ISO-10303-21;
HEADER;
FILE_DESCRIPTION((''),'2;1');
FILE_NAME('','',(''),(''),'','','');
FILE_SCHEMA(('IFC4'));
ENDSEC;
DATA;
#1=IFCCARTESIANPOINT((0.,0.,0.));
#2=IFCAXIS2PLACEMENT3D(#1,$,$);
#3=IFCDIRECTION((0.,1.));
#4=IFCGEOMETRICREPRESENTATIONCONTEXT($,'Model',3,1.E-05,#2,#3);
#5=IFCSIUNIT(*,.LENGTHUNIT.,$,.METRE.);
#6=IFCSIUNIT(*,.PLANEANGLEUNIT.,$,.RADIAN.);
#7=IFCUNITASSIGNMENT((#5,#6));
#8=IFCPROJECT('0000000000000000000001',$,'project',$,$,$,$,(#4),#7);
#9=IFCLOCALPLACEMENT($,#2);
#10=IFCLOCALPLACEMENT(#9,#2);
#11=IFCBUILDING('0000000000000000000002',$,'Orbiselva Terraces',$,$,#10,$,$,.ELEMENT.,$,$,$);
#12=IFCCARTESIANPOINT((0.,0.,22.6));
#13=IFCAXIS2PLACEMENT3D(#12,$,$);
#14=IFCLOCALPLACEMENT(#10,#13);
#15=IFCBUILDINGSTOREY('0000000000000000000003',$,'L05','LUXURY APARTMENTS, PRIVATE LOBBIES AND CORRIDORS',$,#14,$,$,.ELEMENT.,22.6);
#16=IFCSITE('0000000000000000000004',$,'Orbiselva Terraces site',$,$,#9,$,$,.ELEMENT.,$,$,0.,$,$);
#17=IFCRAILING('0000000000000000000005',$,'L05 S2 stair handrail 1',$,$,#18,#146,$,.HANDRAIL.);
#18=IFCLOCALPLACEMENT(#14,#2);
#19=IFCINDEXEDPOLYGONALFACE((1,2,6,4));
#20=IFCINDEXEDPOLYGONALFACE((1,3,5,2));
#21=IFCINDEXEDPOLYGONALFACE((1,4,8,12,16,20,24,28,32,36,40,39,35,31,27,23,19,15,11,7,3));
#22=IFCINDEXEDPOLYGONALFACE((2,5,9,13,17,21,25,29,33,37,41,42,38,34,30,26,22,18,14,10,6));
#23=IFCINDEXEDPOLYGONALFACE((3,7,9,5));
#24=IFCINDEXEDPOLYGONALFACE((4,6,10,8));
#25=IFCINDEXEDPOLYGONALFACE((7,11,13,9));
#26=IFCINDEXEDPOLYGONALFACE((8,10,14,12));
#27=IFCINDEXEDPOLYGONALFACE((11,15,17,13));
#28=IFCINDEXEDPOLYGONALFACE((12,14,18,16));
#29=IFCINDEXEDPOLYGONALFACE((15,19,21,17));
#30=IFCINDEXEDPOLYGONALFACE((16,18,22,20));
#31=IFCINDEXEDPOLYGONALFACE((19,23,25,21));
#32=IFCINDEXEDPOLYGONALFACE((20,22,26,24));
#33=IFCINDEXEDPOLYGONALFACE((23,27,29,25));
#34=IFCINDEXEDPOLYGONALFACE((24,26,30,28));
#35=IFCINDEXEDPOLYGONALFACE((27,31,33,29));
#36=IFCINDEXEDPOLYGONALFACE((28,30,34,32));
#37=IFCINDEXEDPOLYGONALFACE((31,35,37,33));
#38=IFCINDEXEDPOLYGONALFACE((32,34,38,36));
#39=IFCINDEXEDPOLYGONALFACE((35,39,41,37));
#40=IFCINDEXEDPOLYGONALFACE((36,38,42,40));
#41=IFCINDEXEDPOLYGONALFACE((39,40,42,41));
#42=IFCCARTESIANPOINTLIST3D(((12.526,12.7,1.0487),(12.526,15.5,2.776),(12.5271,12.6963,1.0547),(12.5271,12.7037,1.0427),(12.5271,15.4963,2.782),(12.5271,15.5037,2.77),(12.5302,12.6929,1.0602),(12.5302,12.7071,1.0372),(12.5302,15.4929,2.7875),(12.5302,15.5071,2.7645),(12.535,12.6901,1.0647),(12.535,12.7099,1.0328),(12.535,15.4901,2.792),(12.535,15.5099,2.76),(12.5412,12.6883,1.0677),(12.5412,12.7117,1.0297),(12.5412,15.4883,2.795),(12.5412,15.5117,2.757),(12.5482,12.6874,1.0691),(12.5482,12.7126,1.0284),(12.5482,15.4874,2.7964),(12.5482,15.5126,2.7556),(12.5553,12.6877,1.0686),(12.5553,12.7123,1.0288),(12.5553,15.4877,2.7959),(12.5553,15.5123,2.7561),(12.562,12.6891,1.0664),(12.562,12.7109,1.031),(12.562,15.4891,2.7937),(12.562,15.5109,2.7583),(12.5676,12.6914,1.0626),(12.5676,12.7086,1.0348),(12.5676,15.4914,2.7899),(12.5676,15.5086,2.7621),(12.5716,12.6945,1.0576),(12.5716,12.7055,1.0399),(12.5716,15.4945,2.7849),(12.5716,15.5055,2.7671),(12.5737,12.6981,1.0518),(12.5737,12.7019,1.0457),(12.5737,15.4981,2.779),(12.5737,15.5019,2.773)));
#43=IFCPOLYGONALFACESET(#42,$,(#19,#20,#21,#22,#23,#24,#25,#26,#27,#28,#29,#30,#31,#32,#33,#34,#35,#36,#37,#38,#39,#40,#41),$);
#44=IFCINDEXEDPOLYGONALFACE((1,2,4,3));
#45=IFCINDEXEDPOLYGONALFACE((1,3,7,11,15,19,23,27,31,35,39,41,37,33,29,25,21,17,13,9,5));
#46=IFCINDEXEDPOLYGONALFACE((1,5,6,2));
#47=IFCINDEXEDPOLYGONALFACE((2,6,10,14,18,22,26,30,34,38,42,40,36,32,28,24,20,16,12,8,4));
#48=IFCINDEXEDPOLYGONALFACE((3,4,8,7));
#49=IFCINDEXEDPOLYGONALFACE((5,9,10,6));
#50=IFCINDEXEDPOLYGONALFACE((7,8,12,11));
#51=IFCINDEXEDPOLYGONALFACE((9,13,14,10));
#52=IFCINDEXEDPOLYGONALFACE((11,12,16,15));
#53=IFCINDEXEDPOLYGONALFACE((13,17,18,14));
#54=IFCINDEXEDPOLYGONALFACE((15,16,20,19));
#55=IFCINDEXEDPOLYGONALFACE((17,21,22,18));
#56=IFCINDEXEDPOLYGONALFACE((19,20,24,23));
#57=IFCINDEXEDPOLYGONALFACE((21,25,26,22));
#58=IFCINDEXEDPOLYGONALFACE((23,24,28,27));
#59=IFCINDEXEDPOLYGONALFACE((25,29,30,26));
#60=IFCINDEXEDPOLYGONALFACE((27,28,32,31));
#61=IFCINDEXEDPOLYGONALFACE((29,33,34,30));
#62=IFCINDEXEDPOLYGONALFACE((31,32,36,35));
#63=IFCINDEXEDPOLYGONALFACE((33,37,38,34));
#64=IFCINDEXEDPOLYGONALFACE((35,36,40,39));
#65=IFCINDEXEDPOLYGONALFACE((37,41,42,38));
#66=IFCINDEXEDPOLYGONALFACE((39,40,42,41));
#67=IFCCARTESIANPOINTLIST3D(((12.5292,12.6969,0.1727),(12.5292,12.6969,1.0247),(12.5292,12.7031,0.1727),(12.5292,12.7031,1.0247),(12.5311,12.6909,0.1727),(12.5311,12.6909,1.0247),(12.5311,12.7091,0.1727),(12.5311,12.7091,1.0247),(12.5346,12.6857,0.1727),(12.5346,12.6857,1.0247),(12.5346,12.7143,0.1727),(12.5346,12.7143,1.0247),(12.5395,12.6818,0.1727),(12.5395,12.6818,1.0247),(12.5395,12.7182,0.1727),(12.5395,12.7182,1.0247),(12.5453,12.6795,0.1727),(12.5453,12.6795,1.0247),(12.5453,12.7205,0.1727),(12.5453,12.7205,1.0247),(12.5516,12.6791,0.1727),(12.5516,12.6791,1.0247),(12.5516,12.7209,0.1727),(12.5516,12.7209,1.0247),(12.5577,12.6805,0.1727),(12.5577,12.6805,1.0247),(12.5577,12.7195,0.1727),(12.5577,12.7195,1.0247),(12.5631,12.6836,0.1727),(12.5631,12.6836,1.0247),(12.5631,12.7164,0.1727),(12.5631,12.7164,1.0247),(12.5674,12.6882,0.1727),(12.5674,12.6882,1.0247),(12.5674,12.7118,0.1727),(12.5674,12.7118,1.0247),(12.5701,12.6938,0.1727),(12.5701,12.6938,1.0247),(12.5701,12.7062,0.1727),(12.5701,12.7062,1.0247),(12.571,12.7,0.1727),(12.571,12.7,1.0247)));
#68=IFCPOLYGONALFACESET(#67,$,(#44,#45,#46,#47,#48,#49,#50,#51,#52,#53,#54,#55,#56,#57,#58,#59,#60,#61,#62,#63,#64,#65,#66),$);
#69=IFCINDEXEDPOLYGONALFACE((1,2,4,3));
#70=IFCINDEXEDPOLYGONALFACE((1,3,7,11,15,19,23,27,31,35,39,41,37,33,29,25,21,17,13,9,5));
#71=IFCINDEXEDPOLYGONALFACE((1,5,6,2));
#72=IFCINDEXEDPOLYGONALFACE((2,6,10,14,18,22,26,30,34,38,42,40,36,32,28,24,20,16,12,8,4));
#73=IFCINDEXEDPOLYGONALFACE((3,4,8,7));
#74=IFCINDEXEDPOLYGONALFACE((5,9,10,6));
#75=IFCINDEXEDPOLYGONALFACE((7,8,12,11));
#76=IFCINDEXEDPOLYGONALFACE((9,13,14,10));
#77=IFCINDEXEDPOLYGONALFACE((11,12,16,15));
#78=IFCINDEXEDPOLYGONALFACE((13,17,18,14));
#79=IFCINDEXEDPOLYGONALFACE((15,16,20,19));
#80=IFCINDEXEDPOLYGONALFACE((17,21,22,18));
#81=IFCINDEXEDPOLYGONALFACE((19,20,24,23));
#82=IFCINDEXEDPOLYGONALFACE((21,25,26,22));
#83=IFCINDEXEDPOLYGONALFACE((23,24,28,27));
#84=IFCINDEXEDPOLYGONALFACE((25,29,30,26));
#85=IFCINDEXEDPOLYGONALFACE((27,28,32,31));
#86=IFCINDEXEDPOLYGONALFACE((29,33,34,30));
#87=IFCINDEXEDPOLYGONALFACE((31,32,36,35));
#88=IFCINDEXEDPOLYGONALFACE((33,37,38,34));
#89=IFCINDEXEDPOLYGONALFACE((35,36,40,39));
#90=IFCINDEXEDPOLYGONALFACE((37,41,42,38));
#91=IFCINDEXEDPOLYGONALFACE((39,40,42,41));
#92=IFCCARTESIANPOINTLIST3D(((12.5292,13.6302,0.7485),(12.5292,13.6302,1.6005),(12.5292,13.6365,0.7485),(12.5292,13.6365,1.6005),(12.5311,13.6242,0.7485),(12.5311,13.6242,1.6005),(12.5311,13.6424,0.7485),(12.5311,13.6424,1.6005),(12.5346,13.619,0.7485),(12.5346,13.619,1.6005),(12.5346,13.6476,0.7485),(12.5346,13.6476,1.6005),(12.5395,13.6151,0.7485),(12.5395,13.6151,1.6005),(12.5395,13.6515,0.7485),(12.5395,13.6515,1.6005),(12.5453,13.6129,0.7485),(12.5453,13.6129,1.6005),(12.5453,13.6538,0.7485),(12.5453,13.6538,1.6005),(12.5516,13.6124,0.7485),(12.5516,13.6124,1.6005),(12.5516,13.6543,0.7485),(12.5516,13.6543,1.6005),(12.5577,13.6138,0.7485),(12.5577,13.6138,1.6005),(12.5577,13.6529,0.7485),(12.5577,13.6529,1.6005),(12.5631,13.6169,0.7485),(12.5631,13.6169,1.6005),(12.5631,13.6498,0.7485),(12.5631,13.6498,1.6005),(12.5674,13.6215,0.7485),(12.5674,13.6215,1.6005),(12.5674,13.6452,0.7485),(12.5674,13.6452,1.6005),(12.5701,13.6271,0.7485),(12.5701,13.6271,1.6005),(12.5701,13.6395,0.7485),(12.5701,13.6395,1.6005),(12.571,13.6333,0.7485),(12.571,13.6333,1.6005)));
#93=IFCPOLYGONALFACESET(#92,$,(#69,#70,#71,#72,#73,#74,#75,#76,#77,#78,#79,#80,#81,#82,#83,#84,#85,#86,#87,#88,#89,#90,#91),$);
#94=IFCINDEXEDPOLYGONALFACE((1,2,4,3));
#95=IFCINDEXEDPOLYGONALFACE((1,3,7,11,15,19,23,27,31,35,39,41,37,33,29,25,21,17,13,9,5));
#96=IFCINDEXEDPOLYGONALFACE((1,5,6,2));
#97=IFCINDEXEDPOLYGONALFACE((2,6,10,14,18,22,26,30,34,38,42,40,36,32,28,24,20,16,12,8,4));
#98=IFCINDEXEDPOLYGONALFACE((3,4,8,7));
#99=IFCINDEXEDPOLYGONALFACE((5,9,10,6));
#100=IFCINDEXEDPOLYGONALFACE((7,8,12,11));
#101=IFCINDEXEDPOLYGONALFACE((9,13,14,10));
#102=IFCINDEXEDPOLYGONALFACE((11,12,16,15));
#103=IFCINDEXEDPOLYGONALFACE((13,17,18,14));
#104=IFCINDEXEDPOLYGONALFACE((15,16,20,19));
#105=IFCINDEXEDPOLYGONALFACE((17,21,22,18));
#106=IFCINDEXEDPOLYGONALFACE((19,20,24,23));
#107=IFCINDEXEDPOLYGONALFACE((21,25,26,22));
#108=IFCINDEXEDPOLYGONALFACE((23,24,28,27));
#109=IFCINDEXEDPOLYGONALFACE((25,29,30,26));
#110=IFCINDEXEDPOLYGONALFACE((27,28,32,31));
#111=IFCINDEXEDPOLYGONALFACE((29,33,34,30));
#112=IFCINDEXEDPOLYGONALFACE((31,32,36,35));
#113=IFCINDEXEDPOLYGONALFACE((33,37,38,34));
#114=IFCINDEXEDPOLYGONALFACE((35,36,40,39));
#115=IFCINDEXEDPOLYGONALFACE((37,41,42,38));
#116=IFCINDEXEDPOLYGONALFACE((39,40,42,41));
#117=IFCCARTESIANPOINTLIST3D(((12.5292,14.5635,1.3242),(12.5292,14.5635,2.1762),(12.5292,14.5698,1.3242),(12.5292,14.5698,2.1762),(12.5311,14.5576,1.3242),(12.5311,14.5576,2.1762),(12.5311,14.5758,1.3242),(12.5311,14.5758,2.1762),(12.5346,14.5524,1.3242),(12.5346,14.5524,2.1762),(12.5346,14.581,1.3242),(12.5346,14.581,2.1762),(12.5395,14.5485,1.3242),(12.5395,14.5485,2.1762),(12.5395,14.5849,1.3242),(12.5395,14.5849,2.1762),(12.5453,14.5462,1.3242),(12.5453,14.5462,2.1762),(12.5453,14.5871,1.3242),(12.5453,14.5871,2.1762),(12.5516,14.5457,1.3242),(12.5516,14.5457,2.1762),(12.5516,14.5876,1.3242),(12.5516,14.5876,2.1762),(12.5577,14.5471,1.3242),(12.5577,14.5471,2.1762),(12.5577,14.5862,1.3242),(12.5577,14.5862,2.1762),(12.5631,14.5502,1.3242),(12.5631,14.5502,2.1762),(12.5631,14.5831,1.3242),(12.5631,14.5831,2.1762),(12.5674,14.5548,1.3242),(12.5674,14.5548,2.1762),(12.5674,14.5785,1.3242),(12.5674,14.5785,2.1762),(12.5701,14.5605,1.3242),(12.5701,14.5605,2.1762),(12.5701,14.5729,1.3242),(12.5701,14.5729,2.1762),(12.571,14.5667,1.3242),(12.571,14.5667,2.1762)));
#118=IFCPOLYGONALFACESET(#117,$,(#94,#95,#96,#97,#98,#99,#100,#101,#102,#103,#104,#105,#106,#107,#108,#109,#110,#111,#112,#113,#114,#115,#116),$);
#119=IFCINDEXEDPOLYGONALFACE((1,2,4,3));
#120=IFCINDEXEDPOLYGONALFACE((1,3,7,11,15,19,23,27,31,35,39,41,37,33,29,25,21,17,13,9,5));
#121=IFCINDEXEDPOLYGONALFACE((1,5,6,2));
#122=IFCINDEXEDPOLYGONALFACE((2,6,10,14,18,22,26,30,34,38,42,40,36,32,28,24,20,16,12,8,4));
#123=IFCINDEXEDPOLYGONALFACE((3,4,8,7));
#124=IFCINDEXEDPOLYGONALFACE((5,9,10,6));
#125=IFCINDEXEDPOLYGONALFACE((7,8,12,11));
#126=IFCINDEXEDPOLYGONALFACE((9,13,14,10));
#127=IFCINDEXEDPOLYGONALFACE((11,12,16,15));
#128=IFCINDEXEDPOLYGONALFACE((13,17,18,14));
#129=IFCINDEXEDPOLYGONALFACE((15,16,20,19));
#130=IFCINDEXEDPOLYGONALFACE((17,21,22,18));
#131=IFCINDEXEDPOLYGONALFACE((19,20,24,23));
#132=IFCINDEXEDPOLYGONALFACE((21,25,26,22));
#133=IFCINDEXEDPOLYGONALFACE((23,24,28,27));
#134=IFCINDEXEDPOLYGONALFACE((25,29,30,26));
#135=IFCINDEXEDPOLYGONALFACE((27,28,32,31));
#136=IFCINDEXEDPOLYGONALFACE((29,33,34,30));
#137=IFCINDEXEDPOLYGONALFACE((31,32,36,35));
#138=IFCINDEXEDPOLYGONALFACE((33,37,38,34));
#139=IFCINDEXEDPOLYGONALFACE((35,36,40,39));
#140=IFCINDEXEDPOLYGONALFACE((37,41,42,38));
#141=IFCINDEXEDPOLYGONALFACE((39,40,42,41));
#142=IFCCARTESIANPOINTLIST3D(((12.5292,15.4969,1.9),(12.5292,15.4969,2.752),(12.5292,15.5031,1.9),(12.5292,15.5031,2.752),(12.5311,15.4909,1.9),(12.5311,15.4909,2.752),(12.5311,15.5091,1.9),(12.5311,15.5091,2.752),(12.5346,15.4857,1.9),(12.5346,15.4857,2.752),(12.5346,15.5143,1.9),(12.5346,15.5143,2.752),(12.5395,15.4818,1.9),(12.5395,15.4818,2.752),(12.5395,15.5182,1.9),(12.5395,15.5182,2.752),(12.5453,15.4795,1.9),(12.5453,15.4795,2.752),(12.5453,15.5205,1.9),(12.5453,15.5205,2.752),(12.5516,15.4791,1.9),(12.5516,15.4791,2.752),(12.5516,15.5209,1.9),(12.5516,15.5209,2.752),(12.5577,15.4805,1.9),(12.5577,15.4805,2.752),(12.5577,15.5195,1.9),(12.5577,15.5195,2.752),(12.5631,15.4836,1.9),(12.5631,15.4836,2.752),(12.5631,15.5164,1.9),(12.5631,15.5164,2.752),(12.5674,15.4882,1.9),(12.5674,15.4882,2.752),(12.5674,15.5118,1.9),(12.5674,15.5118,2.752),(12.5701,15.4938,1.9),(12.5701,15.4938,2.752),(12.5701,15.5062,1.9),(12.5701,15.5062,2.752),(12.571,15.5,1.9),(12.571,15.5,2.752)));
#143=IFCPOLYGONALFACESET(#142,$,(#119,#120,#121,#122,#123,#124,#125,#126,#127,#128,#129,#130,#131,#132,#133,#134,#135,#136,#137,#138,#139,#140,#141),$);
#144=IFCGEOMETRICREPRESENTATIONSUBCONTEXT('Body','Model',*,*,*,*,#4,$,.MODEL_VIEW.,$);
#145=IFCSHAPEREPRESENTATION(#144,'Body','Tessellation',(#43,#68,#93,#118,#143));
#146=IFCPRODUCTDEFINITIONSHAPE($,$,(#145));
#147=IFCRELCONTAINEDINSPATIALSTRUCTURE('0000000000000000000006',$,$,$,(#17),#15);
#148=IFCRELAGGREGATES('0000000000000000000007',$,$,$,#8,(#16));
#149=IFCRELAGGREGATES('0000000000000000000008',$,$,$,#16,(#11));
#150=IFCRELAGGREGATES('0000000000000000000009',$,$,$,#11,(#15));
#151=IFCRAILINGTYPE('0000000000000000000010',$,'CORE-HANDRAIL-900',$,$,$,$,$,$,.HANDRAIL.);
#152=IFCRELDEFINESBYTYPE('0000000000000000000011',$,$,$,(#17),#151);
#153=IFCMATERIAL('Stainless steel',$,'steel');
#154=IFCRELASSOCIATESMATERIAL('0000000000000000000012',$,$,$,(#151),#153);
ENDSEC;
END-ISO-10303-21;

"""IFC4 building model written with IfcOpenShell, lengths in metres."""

from ifc_helpers import new_model, si_unit, direction, frame, origin, origin_2d, place, context, subcontext, project, spatial, circle, extrude, material, type_object, element, save


model = new_model("IFC4")

# Units and contexts
model_context = context("Model", 3, precision=1e-05, world=origin(), true_north=direction((0.0, 1.0)))
body_context = subcontext(model_context, "Body", "Model", "MODEL_VIEW")
ifc_project = project(units=[si_unit("LENGTHUNIT", "METRE"), si_unit("PLANEANGLEUNIT", "RADIAN")], contexts=[model_context])

# Site, building, storey
site_placement = place(None, origin())
site = spatial("IfcSite", under=ifc_project, at=site_placement, Name="Orbiselva Terraces site", CompositionType="ELEMENT", RefElevation=0.0)
building_placement = place(site_placement, origin())
building = spatial("IfcBuilding", under=site, at=building_placement, Name="Orbiselva Terraces", CompositionType="ELEMENT")
storey_placement = place(building_placement, frame((0.0, 0.0, 22.6)))
storey = spatial("IfcBuildingStorey", under=building, at=storey_placement, Name="L05", Description="LUXURY APARTMENTS, PRIVATE LOBBIES AND CORRIDORS", CompositionType="ELEMENT", Elevation=22.6)

# Railing
ifc_material_1 = material(Name="Stainless steel", Category="steel")
railing_type = type_object("IfcRailingType", Name="CORE-HANDRAIL-900", PredefinedType="HANDRAIL", material=ifc_material_1)
railing_1_placement = place(storey_placement, frame((12.55, 12.7, 0.1727)))
element("IfcRailing", 1, at=railing_1_placement, inside=storey, type_object=railing_type, Name="L05 S2 stair handrail 1", PredefinedType="HANDRAIL", context=body_context, shape_type="SweptSolid", body=[
    extrude(circle(Radius=0.024, at=origin_2d()), frame((0.0, 0.0, 0.876), z_axis=(0.0, 0.851089, 0.525022), x_axis=(-1.0, 0.0, 0.0)), (0.0, 0.0, 1.0), 3.2899),
    extrude(circle(Radius=0.021, at=origin_2d()), origin(), (0.0, 0.0, 1.0), 0.852),
    extrude(circle(Radius=0.021, at=origin_2d()), frame((0.0, 0.9333, 0.5758)), (0.0, 0.0, 1.0), 0.852),
    extrude(circle(Radius=0.021, at=origin_2d()), frame((0.0, 1.8667, 1.1515)), (0.0, 0.0, 1.0), 0.852),
    extrude(circle(Radius=0.021, at=origin_2d()), frame((0.0, 2.8, 1.7273)), (0.0, 0.0, 1.0), 0.852),
])

save(model, "model.ifc")
